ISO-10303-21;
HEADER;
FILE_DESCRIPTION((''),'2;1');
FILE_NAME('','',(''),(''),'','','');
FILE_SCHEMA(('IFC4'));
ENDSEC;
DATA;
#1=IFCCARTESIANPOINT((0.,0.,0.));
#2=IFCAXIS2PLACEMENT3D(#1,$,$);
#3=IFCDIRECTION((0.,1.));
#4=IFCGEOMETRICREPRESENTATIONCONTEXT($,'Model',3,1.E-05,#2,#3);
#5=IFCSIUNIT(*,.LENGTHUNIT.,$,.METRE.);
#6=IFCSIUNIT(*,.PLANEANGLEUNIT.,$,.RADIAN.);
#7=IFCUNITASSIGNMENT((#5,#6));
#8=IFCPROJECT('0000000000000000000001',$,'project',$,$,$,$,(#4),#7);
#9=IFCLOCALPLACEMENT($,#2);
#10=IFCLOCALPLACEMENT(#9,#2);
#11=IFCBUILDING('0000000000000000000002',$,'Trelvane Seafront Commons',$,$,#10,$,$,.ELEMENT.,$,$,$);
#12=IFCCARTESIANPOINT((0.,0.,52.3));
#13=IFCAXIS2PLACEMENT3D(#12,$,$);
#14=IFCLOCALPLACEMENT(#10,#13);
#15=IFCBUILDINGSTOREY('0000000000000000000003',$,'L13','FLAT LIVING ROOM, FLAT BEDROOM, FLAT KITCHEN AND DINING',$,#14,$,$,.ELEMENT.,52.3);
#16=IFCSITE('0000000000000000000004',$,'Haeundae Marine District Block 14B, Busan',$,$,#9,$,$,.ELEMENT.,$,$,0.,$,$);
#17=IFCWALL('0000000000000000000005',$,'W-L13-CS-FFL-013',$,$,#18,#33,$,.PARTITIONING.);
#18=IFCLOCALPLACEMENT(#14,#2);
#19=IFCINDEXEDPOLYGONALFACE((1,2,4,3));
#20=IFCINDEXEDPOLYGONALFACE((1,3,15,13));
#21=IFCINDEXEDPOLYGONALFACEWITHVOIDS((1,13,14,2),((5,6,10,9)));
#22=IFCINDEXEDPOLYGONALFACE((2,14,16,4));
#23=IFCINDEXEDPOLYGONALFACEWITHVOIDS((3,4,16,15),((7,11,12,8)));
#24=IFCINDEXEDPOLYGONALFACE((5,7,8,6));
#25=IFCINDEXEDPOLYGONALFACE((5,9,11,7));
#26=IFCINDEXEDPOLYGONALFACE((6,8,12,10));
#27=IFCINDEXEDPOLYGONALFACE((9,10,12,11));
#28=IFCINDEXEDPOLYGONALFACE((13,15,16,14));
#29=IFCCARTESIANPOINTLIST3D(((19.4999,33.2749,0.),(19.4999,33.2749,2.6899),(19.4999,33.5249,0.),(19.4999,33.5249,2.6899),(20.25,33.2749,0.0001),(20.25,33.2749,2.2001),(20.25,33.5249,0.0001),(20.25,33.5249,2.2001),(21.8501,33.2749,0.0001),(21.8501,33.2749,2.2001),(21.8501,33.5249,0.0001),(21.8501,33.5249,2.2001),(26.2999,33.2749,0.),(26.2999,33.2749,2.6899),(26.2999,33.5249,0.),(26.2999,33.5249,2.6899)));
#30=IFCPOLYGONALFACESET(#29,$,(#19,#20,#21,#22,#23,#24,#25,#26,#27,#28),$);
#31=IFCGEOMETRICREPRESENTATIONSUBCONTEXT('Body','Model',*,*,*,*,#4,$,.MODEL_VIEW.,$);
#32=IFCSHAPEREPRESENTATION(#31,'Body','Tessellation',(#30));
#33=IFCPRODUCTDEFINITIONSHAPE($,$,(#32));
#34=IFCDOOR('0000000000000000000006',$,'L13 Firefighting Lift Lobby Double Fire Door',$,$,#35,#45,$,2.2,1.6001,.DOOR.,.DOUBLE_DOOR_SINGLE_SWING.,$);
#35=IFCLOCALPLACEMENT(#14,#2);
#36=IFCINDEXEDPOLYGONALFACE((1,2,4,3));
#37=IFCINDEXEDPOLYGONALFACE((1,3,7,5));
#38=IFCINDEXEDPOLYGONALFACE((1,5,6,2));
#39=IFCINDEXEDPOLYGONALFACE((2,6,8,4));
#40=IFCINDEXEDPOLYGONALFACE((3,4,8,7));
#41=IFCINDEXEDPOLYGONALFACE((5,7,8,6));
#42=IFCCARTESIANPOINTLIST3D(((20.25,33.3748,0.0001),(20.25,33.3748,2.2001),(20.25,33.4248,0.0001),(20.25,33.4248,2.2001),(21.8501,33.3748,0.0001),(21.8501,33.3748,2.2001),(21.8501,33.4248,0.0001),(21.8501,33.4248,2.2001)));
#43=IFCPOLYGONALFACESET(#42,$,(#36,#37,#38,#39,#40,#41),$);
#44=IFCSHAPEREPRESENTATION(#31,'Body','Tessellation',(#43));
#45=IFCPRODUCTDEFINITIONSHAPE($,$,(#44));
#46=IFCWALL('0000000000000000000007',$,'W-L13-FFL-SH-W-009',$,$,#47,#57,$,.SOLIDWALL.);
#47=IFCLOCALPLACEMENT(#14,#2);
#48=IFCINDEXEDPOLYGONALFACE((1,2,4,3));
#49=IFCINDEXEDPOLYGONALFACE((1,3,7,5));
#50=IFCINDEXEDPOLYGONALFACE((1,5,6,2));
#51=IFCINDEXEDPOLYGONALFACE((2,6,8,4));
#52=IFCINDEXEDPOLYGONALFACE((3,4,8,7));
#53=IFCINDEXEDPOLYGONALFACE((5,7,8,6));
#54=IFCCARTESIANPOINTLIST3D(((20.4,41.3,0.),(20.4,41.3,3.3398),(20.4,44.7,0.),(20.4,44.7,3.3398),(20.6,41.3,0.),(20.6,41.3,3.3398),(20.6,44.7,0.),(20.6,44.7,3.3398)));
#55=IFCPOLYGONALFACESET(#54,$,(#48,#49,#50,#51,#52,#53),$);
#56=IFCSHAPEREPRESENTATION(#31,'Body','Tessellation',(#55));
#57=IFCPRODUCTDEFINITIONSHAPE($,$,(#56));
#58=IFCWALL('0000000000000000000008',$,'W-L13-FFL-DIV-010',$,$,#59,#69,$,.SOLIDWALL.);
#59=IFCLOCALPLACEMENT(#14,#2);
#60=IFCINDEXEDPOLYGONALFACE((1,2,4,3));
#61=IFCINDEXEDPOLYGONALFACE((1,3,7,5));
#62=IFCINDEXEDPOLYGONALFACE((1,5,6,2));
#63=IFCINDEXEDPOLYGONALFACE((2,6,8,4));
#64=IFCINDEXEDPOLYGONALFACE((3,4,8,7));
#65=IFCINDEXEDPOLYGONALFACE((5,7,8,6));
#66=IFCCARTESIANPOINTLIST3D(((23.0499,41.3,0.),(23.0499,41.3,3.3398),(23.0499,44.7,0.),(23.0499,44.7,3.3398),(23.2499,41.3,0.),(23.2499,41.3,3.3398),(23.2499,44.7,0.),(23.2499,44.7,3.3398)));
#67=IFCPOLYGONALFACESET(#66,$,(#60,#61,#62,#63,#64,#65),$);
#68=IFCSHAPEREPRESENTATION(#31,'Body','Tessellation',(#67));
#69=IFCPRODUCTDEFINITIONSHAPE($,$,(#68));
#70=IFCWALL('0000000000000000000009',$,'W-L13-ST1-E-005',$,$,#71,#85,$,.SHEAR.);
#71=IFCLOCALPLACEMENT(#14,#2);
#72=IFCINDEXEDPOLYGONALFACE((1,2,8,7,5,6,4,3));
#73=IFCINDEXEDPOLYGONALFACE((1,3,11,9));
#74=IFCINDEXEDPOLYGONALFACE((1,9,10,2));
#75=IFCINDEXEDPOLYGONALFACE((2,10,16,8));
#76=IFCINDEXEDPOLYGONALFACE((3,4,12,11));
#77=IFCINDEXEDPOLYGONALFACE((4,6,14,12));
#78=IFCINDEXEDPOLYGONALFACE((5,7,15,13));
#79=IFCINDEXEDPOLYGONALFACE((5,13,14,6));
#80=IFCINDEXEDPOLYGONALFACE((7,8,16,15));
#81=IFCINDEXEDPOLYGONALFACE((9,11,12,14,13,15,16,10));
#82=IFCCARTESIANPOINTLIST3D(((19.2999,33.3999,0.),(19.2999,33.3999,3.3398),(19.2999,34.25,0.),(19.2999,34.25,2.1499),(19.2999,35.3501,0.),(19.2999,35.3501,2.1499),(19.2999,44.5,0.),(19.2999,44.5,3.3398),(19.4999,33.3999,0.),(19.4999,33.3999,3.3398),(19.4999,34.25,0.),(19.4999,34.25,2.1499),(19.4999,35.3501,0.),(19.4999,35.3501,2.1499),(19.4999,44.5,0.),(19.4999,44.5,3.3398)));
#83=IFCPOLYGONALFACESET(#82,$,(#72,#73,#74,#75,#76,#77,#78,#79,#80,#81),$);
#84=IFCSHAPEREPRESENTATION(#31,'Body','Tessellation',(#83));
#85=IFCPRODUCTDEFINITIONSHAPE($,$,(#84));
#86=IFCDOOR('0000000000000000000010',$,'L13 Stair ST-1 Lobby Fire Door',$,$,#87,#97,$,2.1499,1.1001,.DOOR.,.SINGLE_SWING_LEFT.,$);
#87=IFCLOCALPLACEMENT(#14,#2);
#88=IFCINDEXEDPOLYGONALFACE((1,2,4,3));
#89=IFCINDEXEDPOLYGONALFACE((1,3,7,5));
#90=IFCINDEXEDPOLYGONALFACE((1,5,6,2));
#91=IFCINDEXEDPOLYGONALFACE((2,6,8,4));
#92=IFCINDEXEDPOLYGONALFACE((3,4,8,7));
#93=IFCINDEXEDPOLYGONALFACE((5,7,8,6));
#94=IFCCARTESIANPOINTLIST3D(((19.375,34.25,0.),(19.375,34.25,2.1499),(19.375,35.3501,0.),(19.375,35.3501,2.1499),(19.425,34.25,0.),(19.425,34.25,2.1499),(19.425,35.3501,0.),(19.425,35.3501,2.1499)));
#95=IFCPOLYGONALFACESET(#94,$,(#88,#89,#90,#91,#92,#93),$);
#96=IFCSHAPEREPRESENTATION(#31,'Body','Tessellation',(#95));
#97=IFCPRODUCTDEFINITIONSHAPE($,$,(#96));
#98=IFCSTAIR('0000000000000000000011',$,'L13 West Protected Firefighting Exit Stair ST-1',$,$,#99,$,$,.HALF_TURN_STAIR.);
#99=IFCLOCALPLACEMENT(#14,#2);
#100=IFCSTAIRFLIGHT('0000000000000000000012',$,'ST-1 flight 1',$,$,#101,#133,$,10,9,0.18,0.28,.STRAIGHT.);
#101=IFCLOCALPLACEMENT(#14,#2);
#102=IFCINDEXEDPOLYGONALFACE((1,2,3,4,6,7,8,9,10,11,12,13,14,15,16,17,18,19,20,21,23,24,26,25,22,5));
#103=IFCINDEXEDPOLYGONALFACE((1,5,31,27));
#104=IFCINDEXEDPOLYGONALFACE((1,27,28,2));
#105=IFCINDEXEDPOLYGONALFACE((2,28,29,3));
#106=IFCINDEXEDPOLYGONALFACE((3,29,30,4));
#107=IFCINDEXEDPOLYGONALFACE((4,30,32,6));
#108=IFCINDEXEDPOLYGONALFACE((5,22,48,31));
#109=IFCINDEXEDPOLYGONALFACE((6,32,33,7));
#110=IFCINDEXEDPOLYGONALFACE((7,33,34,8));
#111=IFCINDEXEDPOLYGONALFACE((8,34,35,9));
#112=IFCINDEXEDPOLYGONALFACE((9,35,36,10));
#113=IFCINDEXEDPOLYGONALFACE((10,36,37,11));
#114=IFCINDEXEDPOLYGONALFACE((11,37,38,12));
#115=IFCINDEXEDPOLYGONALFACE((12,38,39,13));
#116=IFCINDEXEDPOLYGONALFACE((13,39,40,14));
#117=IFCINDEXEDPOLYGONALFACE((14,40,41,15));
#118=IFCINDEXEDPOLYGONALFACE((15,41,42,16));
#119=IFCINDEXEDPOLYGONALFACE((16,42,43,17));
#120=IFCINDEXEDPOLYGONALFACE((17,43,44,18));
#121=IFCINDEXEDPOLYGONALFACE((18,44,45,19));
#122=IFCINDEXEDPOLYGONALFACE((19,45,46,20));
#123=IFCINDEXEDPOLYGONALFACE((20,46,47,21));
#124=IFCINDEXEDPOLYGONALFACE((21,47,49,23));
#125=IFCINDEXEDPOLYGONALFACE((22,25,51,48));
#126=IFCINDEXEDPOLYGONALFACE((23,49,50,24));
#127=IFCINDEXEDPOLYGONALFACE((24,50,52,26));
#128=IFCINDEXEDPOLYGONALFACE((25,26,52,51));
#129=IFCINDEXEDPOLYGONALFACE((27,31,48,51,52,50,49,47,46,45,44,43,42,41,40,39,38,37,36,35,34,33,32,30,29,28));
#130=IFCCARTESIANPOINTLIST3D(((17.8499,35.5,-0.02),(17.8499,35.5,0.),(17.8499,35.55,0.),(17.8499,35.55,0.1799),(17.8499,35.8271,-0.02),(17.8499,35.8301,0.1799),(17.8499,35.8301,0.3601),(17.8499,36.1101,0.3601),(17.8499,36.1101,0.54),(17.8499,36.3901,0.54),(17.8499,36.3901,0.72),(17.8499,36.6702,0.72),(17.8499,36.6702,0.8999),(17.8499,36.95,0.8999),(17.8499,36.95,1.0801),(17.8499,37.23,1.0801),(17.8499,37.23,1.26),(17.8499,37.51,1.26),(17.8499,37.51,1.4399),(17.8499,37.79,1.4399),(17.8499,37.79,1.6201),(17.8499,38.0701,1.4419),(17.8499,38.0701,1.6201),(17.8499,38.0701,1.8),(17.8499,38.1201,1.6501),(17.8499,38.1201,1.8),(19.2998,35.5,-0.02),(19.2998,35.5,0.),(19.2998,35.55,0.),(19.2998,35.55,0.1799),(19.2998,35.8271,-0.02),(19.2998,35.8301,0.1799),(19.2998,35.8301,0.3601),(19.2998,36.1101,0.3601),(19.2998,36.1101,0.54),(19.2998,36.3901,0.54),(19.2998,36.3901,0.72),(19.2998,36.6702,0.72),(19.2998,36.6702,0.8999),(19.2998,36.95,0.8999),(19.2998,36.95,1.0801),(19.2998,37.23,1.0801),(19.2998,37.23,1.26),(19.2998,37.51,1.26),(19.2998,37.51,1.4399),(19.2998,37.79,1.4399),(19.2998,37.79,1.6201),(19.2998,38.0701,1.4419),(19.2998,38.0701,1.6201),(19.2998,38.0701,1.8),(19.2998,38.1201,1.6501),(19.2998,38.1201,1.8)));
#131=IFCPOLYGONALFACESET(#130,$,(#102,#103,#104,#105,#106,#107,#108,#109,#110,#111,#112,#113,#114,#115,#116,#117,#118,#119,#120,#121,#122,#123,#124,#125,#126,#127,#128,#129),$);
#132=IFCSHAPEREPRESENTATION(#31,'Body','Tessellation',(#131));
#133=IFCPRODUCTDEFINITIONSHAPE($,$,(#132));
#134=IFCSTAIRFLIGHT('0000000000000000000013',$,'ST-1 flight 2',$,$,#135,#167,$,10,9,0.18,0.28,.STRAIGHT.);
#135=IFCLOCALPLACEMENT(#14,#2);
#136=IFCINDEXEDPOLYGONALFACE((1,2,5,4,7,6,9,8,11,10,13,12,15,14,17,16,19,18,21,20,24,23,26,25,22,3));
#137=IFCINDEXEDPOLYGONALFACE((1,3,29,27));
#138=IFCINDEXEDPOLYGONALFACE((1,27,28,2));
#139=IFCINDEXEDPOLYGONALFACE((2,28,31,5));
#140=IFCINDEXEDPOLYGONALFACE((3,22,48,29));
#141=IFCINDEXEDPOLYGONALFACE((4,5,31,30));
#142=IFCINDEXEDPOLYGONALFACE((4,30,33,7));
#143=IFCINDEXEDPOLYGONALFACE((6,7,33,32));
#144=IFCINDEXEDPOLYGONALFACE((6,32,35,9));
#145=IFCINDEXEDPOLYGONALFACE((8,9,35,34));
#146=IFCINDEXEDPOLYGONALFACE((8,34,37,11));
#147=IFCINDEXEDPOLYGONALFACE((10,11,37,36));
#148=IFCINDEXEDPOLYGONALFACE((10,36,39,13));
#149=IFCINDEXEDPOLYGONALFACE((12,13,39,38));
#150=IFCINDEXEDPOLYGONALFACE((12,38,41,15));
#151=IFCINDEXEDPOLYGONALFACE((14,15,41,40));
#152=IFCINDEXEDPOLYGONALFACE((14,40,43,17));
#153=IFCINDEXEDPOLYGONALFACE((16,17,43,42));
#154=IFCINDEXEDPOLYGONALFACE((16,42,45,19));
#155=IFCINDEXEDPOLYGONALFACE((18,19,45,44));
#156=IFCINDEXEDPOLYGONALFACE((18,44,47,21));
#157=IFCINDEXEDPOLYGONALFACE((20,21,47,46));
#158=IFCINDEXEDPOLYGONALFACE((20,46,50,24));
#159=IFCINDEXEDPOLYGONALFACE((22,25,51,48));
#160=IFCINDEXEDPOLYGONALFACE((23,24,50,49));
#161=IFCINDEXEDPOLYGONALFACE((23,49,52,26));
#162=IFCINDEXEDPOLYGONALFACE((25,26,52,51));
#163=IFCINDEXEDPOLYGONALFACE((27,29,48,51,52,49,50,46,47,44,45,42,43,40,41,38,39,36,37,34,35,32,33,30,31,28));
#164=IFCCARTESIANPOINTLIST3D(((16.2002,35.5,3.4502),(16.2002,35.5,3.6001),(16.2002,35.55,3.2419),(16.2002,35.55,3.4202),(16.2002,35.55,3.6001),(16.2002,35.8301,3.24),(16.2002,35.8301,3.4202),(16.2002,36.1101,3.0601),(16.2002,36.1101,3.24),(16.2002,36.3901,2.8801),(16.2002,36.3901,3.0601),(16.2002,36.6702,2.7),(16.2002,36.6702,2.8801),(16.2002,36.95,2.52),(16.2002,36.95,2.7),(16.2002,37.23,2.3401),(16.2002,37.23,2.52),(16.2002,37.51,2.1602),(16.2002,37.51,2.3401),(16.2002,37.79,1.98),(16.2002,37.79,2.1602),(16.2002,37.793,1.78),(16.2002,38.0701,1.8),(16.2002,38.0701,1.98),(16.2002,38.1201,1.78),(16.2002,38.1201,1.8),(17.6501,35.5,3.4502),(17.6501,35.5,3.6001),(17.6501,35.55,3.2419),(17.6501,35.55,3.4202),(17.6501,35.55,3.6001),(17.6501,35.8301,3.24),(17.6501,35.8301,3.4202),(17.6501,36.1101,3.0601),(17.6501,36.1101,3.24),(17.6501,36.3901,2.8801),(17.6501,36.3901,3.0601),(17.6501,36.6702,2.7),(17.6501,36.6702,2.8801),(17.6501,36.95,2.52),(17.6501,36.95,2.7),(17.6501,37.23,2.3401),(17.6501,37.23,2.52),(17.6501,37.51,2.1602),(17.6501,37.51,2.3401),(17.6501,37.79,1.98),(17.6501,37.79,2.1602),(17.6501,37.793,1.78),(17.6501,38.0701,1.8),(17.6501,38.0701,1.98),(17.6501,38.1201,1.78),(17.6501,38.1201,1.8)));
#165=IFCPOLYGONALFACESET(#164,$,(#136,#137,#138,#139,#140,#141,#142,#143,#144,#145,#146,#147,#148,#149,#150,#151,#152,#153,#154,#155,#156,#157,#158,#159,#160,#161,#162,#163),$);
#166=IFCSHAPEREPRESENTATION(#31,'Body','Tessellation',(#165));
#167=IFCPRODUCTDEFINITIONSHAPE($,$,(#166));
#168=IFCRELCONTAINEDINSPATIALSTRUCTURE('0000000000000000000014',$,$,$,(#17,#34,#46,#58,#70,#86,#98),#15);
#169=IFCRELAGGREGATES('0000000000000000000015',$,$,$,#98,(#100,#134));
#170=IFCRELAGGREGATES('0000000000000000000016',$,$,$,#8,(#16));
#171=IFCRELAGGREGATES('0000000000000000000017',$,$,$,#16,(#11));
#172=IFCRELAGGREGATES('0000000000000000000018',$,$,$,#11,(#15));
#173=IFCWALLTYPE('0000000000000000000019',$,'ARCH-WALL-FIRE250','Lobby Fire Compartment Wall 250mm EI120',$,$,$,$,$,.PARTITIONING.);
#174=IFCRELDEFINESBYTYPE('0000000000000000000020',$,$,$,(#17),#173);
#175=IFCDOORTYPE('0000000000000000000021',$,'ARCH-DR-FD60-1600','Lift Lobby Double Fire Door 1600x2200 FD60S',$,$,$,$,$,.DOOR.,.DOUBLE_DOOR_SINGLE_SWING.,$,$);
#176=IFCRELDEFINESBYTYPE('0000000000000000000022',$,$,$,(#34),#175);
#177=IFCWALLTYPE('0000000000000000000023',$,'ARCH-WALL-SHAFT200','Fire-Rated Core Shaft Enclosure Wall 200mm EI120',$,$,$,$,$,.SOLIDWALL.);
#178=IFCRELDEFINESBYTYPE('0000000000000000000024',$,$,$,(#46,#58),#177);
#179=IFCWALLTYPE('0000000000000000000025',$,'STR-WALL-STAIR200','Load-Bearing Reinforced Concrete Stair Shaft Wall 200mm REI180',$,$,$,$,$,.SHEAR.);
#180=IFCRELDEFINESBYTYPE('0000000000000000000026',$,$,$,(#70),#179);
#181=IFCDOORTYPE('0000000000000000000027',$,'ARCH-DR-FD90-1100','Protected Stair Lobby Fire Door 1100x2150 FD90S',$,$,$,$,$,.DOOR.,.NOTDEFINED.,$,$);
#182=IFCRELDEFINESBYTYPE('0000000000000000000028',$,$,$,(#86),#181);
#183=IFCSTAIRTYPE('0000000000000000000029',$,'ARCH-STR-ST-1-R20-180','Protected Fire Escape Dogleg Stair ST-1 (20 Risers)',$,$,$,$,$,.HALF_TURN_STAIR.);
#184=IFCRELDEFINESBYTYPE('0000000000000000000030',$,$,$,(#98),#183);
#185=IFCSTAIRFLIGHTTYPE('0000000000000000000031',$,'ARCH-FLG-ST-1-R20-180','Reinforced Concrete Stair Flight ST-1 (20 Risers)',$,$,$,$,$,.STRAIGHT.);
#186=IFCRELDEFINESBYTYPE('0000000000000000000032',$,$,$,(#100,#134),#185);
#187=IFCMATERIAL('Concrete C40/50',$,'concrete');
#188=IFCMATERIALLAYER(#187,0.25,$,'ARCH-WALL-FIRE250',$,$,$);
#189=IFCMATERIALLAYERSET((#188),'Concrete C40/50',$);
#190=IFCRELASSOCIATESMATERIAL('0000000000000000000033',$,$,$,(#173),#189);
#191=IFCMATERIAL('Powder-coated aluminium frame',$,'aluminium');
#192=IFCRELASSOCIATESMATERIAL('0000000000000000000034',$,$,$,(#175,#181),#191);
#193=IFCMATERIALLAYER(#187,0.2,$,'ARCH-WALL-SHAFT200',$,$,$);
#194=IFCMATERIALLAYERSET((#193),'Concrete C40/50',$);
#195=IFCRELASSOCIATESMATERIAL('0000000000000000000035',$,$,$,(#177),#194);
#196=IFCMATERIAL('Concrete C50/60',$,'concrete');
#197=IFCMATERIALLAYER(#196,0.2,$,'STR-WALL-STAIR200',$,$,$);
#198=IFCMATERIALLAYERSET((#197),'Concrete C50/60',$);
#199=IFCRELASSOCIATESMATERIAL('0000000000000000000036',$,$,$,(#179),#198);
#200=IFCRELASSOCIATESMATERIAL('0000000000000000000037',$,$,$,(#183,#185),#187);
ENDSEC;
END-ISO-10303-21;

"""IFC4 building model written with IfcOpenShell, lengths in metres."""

from ifc_helpers import new_model, si_unit, direction, frame, frame_2d, origin, place, context, subcontext, project, spatial, polyline, rectangle, outline, extrude, source, transform, mapped, material, layer, layer_set, type_object, element, fill, aggregate, save


model = new_model("IFC4")

# Units and contexts
model_context = context("Model", 3, precision=1e-05, world=origin(), true_north=direction((0.0, 1.0)))
body_context = subcontext(model_context, "Body", "Model", "MODEL_VIEW")
ifc_project = project(units=[si_unit("LENGTHUNIT", "METRE"), si_unit("PLANEANGLEUNIT", "RADIAN")], contexts=[model_context])

# Site, building, storey
site_placement = place(None, origin())
site = spatial("IfcSite", under=ifc_project, at=site_placement, Name="Haeundae Marine District Block 14B, Busan", CompositionType="ELEMENT", RefElevation=0.0)
building_placement = place(site_placement, origin())
building = spatial("IfcBuilding", under=site, at=building_placement, Name="Trelvane Seafront Commons", CompositionType="ELEMENT")
storey_placement = place(building_placement, frame((0.0, 0.0, 52.3)))
storey = spatial("IfcBuildingStorey", under=building, at=storey_placement, Name="L13", Description="FLAT LIVING ROOM, FLAT BEDROOM, FLAT KITCHEN AND DINING", CompositionType="ELEMENT", Elevation=52.3)

# Wall, opening, door
ifc_material_1 = material(Name="Concrete C40/50", Category="concrete")
ifc_layer_1 = layer(ifc_material_1, 0.25, Name="ARCH-WALL-FIRE250")
ifc_layer_set_1 = layer_set([ifc_layer_1], Name="Concrete C40/50")
wall_type_1 = type_object("IfcWallType", Name="ARCH-WALL-FIRE250", Description="Lobby Fire Compartment Wall 250mm EI120", PredefinedType="PARTITIONING", material=ifc_layer_set_1)
wall_1_placement = place(storey_placement, frame((19.5, 33.3999, 0.0), z_axis=(0.0, 0.0, 1.0), x_axis=(1.0, 0.0, 0.0)))
wall_1 = element("IfcWall", 1, at=wall_1_placement, inside=storey, type_object=wall_type_1, Name="W-L13-CS-FFL-013", PredefinedType="PARTITIONING", context=body_context, shape_type="SweptSolid", body=[
    extrude(rectangle(XDim=6.8, YDim=0.25, at=frame_2d((3.3999, 0.0))), origin(), (0.0, 0.0, 1.0), 2.6899),
])
opening_1_placement = place(wall_1_placement, frame((0.75, 0.0, 0.0)))
opening_1 = element("IfcOpeningElement", 2, at=opening_1_placement, cuts=wall_1, PredefinedType="OPENING", context=body_context, shape_type="SweptSolid", body=[
    extrude(rectangle(XDim=1.6001, YDim=2.2, at=frame_2d((0.8, 1.1001))), frame((0.0, 0.135, 0.0), z_axis=(0.0, -1.0, 0.0), x_axis=(1.0, 0.0, 0.0)), (0.0, 0.0, 1.0), 0.27),
])
ifc_material_2 = material(Name="Powder-coated aluminium frame", Category="aluminium")
door_type_1 = type_object("IfcDoorType", Name="ARCH-DR-FD60-1600", Description="Lift Lobby Double Fire Door 1600x2200 FD60S", OperationType="DOUBLE_DOOR_SINGLE_SWING", PredefinedType="DOOR", material=ifc_material_2)
shared_shape_1 = source(origin(), body_context, "Body", "SweptSolid", [
    extrude(rectangle(XDim=1.6001, YDim=2.2, at=frame_2d((0.8, 1.1001))), frame((0.0, 0.0249, 0.0), z_axis=(0.0, -1.0, 0.0), x_axis=(1.0, 0.0, 0.0)), (0.0, 0.0, 1.0), 0.05),
])
door_1_placement = place(opening_1_placement, origin())
door_1 = element("IfcDoor", 3, at=door_1_placement, inside=storey, type_object=door_type_1, Name="L13 Firefighting Lift Lobby Double Fire Door", OperationType="DOUBLE_DOOR_SINGLE_SWING", OverallHeight=2.2, OverallWidth=1.6001, PredefinedType="DOOR", context=body_context, shape_type="MappedRepresentation", body=[
    mapped(shared_shape_1, transform((0.0, 0.0, 0.0), x_axis=(1.0, 0.0, 0.0), y_axis=(0.0, 1.0, 0.0), z_axis=(0.0, 0.0, 1.0), scale=1.0)),
])
fill(opening_1, door_1)

# Shared definitions
ifc_layer_2 = layer(ifc_material_1, 0.2, Name="ARCH-WALL-SHAFT200")
ifc_layer_set_2 = layer_set([ifc_layer_2], Name="Concrete C40/50")
wall_type_2 = type_object("IfcWallType", Name="ARCH-WALL-SHAFT200", Description="Fire-Rated Core Shaft Enclosure Wall 200mm EI120", PredefinedType="SOLIDWALL", material=ifc_layer_set_2)
shared_shape_2 = source(origin(), body_context, "Body", "SweptSolid", [
    extrude(rectangle(XDim=1.1001, YDim=2.1499, at=frame_2d((0.55, 1.075))), frame((0.0, 0.0249, 0.0), z_axis=(0.0, -1.0, 0.0), x_axis=(1.0, 0.0, 0.0)), (0.0, 0.0, 1.0), 0.05),
])

# Walls
for number, where, z_axis, x_axis, name in (
    (4, (20.5, 41.3, 0.0), (0.0, 0.0, 1.0), (0.0, 1.0, 0.0), "W-L13-FFL-SH-W-009"),
    (5, (23.1499, 41.3, 0.0), (0.0, 0.0, 1.0), (0.0, 1.0, 0.0), "W-L13-FFL-DIV-010"),
):
    element("IfcWall", number, at=place(storey_placement, frame(where, z_axis=z_axis, x_axis=x_axis)), inside=storey, type_object=wall_type_2, Name=name, PredefinedType="SOLIDWALL", context=body_context, shape_type="SweptSolid", body=[
        extrude(rectangle(XDim=3.3999, YDim=0.2, at=frame_2d((1.7, 0.0))), origin(), (0.0, 0.0, 1.0), 3.3398),
    ])

# Wall, opening, door
ifc_material_3 = material(Name="Concrete C50/60", Category="concrete")
ifc_layer_3 = layer(ifc_material_3, 0.2, Name="STR-WALL-STAIR200")
ifc_layer_set_3 = layer_set([ifc_layer_3], Name="Concrete C50/60")
wall_type_3 = type_object("IfcWallType", Name="STR-WALL-STAIR200", Description="Load-Bearing Reinforced Concrete Stair Shaft Wall 200mm REI180", PredefinedType="SHEAR", material=ifc_layer_set_3)
wall_2_placement = place(storey_placement, frame((19.3999, 33.3999, 0.0), z_axis=(0.0, 0.0, 1.0), x_axis=(0.0, 1.0, 0.0)))
wall_2 = element("IfcWall", 6, at=wall_2_placement, inside=storey, type_object=wall_type_3, Name="W-L13-ST1-E-005", PredefinedType="SHEAR", context=body_context, shape_type="SweptSolid", body=[
    extrude(rectangle(XDim=11.1001, YDim=0.2, at=frame_2d((5.55, 0.0))), origin(), (0.0, 0.0, 1.0), 3.3398),
])
opening_2_placement = place(wall_2_placement, frame((0.8501, 0.0, 0.0)))
opening_2 = element("IfcOpeningElement", 7, at=opening_2_placement, cuts=wall_2, PredefinedType="OPENING", context=body_context, shape_type="SweptSolid", body=[
    extrude(rectangle(XDim=1.1001, YDim=2.1499, at=frame_2d((0.55, 1.075))), frame((0.0, 0.1099, 0.0), z_axis=(0.0, -1.0, 0.0), x_axis=(1.0, 0.0, 0.0)), (0.0, 0.0, 1.0), 0.22),
])
door_type_2 = type_object("IfcDoorType", Name="ARCH-DR-FD90-1100", Description="Protected Stair Lobby Fire Door 1100x2150 FD90S", OperationType="NOTDEFINED", PredefinedType="DOOR", material=ifc_material_2)
door_2_placement = place(opening_2_placement, origin())
door_2 = element("IfcDoor", 8, at=door_2_placement, inside=storey, type_object=door_type_2, Name="L13 Stair ST-1 Lobby Fire Door", OperationType="SINGLE_SWING_LEFT", OverallHeight=2.1499, OverallWidth=1.1001, PredefinedType="DOOR", context=body_context, shape_type="MappedRepresentation", body=[
    mapped(shared_shape_2, transform((0.0, 0.0, 0.0), x_axis=(1.0, 0.0, 0.0), y_axis=(0.0, 1.0, 0.0), z_axis=(0.0, 0.0, 1.0), scale=1.0)),
])
fill(opening_2, door_2)

# Stair, stair flights
stair_type = type_object("IfcStairType", Name="ARCH-STR-ST-1-R20-180", Description="Protected Fire Escape Dogleg Stair ST-1 (20 Risers)", PredefinedType="HALF_TURN_STAIR", material=ifc_material_1)
stair_placement = place(storey_placement, origin())
stair = element("IfcStair", 9, at=stair_placement, inside=storey, type_object=stair_type, Name="L13 West Protected Firefighting Exit Stair ST-1", PredefinedType="HALF_TURN_STAIR")
stair_flight_type = type_object("IfcStairFlightType", Name="ARCH-FLG-ST-1-R20-180", Description="Reinforced Concrete Stair Flight ST-1 (20 Risers)", PredefinedType="STRAIGHT", material=ifc_material_1)
shared_shape_3 = source(origin(), body_context, "Body", "SweptSolid", [
    extrude(outline(polyline([(-0.05, -0.02), (-0.05, 0.0), (0.0, 0.0), (0.0, 0.1799), (0.28, 0.1799), (0.28, 0.3601), (0.5601, 0.3601), (0.5601, 0.54), (0.8401, 0.54), (0.8401, 0.72), (1.1201, 0.72), (1.1201, 0.8999), (1.3999, 0.8999), (1.3999, 1.0801), (1.6799, 1.0801), (1.6799, 1.26), (1.96, 1.26), (1.96, 1.4399), (2.24, 1.4399), (2.24, 1.6201), (2.52, 1.6201), (2.52, 1.8), (2.5701, 1.8), (2.5701, 1.6501), (2.52, 1.4419), (0.2771, -0.02), (-0.05, -0.02)])), frame((0.0, 0.7251, 0.0), z_axis=(0.0, -1.0, 0.0), x_axis=(1.0, 0.0, 0.0)), (0.0, 0.0, 1.0), 1.45),
])
stair_flight_1_placement = place(storey_placement, frame((18.575, 35.55, 0.0), z_axis=(0.0, 0.0, 1.0), x_axis=(0.0, 1.0, 0.0)))
stair_flight_1 = element("IfcStairFlight", 10, at=stair_flight_1_placement, type_object=stair_flight_type, Name="ST-1 flight 1", NumberOfRisers=10, NumberOfTreads=9, PredefinedType="STRAIGHT", RiserHeight=0.18, TreadLength=0.28, context=body_context, shape_type="MappedRepresentation", body=[
    mapped(shared_shape_3, transform((0.0, 0.0, 0.0), x_axis=(1.0, 0.0, 0.0), y_axis=(0.0, 1.0, 0.0), z_axis=(0.0, 0.0, 1.0), scale=1.0)),
])
stair_flight_2_placement = place(storey_placement, frame((16.925, 38.0701, 1.8), z_axis=(0.0, 0.0, 1.0), x_axis=(0.0, -1.0, 0.0)))
stair_flight_2 = element("IfcStairFlight", 11, at=stair_flight_2_placement, type_object=stair_flight_type, Name="ST-1 flight 2", NumberOfRisers=10, NumberOfTreads=9, PredefinedType="STRAIGHT", RiserHeight=0.18, TreadLength=0.28, context=body_context, shape_type="MappedRepresentation", body=[
    mapped(shared_shape_3, transform((0.0, 0.0, 0.0), x_axis=(1.0, 0.0, 0.0), y_axis=(0.0, 1.0, 0.0), z_axis=(0.0, 0.0, 1.0), scale=1.0)),
])
aggregate(stair, [stair_flight_1, stair_flight_2])

save(model, "model.ifc")
